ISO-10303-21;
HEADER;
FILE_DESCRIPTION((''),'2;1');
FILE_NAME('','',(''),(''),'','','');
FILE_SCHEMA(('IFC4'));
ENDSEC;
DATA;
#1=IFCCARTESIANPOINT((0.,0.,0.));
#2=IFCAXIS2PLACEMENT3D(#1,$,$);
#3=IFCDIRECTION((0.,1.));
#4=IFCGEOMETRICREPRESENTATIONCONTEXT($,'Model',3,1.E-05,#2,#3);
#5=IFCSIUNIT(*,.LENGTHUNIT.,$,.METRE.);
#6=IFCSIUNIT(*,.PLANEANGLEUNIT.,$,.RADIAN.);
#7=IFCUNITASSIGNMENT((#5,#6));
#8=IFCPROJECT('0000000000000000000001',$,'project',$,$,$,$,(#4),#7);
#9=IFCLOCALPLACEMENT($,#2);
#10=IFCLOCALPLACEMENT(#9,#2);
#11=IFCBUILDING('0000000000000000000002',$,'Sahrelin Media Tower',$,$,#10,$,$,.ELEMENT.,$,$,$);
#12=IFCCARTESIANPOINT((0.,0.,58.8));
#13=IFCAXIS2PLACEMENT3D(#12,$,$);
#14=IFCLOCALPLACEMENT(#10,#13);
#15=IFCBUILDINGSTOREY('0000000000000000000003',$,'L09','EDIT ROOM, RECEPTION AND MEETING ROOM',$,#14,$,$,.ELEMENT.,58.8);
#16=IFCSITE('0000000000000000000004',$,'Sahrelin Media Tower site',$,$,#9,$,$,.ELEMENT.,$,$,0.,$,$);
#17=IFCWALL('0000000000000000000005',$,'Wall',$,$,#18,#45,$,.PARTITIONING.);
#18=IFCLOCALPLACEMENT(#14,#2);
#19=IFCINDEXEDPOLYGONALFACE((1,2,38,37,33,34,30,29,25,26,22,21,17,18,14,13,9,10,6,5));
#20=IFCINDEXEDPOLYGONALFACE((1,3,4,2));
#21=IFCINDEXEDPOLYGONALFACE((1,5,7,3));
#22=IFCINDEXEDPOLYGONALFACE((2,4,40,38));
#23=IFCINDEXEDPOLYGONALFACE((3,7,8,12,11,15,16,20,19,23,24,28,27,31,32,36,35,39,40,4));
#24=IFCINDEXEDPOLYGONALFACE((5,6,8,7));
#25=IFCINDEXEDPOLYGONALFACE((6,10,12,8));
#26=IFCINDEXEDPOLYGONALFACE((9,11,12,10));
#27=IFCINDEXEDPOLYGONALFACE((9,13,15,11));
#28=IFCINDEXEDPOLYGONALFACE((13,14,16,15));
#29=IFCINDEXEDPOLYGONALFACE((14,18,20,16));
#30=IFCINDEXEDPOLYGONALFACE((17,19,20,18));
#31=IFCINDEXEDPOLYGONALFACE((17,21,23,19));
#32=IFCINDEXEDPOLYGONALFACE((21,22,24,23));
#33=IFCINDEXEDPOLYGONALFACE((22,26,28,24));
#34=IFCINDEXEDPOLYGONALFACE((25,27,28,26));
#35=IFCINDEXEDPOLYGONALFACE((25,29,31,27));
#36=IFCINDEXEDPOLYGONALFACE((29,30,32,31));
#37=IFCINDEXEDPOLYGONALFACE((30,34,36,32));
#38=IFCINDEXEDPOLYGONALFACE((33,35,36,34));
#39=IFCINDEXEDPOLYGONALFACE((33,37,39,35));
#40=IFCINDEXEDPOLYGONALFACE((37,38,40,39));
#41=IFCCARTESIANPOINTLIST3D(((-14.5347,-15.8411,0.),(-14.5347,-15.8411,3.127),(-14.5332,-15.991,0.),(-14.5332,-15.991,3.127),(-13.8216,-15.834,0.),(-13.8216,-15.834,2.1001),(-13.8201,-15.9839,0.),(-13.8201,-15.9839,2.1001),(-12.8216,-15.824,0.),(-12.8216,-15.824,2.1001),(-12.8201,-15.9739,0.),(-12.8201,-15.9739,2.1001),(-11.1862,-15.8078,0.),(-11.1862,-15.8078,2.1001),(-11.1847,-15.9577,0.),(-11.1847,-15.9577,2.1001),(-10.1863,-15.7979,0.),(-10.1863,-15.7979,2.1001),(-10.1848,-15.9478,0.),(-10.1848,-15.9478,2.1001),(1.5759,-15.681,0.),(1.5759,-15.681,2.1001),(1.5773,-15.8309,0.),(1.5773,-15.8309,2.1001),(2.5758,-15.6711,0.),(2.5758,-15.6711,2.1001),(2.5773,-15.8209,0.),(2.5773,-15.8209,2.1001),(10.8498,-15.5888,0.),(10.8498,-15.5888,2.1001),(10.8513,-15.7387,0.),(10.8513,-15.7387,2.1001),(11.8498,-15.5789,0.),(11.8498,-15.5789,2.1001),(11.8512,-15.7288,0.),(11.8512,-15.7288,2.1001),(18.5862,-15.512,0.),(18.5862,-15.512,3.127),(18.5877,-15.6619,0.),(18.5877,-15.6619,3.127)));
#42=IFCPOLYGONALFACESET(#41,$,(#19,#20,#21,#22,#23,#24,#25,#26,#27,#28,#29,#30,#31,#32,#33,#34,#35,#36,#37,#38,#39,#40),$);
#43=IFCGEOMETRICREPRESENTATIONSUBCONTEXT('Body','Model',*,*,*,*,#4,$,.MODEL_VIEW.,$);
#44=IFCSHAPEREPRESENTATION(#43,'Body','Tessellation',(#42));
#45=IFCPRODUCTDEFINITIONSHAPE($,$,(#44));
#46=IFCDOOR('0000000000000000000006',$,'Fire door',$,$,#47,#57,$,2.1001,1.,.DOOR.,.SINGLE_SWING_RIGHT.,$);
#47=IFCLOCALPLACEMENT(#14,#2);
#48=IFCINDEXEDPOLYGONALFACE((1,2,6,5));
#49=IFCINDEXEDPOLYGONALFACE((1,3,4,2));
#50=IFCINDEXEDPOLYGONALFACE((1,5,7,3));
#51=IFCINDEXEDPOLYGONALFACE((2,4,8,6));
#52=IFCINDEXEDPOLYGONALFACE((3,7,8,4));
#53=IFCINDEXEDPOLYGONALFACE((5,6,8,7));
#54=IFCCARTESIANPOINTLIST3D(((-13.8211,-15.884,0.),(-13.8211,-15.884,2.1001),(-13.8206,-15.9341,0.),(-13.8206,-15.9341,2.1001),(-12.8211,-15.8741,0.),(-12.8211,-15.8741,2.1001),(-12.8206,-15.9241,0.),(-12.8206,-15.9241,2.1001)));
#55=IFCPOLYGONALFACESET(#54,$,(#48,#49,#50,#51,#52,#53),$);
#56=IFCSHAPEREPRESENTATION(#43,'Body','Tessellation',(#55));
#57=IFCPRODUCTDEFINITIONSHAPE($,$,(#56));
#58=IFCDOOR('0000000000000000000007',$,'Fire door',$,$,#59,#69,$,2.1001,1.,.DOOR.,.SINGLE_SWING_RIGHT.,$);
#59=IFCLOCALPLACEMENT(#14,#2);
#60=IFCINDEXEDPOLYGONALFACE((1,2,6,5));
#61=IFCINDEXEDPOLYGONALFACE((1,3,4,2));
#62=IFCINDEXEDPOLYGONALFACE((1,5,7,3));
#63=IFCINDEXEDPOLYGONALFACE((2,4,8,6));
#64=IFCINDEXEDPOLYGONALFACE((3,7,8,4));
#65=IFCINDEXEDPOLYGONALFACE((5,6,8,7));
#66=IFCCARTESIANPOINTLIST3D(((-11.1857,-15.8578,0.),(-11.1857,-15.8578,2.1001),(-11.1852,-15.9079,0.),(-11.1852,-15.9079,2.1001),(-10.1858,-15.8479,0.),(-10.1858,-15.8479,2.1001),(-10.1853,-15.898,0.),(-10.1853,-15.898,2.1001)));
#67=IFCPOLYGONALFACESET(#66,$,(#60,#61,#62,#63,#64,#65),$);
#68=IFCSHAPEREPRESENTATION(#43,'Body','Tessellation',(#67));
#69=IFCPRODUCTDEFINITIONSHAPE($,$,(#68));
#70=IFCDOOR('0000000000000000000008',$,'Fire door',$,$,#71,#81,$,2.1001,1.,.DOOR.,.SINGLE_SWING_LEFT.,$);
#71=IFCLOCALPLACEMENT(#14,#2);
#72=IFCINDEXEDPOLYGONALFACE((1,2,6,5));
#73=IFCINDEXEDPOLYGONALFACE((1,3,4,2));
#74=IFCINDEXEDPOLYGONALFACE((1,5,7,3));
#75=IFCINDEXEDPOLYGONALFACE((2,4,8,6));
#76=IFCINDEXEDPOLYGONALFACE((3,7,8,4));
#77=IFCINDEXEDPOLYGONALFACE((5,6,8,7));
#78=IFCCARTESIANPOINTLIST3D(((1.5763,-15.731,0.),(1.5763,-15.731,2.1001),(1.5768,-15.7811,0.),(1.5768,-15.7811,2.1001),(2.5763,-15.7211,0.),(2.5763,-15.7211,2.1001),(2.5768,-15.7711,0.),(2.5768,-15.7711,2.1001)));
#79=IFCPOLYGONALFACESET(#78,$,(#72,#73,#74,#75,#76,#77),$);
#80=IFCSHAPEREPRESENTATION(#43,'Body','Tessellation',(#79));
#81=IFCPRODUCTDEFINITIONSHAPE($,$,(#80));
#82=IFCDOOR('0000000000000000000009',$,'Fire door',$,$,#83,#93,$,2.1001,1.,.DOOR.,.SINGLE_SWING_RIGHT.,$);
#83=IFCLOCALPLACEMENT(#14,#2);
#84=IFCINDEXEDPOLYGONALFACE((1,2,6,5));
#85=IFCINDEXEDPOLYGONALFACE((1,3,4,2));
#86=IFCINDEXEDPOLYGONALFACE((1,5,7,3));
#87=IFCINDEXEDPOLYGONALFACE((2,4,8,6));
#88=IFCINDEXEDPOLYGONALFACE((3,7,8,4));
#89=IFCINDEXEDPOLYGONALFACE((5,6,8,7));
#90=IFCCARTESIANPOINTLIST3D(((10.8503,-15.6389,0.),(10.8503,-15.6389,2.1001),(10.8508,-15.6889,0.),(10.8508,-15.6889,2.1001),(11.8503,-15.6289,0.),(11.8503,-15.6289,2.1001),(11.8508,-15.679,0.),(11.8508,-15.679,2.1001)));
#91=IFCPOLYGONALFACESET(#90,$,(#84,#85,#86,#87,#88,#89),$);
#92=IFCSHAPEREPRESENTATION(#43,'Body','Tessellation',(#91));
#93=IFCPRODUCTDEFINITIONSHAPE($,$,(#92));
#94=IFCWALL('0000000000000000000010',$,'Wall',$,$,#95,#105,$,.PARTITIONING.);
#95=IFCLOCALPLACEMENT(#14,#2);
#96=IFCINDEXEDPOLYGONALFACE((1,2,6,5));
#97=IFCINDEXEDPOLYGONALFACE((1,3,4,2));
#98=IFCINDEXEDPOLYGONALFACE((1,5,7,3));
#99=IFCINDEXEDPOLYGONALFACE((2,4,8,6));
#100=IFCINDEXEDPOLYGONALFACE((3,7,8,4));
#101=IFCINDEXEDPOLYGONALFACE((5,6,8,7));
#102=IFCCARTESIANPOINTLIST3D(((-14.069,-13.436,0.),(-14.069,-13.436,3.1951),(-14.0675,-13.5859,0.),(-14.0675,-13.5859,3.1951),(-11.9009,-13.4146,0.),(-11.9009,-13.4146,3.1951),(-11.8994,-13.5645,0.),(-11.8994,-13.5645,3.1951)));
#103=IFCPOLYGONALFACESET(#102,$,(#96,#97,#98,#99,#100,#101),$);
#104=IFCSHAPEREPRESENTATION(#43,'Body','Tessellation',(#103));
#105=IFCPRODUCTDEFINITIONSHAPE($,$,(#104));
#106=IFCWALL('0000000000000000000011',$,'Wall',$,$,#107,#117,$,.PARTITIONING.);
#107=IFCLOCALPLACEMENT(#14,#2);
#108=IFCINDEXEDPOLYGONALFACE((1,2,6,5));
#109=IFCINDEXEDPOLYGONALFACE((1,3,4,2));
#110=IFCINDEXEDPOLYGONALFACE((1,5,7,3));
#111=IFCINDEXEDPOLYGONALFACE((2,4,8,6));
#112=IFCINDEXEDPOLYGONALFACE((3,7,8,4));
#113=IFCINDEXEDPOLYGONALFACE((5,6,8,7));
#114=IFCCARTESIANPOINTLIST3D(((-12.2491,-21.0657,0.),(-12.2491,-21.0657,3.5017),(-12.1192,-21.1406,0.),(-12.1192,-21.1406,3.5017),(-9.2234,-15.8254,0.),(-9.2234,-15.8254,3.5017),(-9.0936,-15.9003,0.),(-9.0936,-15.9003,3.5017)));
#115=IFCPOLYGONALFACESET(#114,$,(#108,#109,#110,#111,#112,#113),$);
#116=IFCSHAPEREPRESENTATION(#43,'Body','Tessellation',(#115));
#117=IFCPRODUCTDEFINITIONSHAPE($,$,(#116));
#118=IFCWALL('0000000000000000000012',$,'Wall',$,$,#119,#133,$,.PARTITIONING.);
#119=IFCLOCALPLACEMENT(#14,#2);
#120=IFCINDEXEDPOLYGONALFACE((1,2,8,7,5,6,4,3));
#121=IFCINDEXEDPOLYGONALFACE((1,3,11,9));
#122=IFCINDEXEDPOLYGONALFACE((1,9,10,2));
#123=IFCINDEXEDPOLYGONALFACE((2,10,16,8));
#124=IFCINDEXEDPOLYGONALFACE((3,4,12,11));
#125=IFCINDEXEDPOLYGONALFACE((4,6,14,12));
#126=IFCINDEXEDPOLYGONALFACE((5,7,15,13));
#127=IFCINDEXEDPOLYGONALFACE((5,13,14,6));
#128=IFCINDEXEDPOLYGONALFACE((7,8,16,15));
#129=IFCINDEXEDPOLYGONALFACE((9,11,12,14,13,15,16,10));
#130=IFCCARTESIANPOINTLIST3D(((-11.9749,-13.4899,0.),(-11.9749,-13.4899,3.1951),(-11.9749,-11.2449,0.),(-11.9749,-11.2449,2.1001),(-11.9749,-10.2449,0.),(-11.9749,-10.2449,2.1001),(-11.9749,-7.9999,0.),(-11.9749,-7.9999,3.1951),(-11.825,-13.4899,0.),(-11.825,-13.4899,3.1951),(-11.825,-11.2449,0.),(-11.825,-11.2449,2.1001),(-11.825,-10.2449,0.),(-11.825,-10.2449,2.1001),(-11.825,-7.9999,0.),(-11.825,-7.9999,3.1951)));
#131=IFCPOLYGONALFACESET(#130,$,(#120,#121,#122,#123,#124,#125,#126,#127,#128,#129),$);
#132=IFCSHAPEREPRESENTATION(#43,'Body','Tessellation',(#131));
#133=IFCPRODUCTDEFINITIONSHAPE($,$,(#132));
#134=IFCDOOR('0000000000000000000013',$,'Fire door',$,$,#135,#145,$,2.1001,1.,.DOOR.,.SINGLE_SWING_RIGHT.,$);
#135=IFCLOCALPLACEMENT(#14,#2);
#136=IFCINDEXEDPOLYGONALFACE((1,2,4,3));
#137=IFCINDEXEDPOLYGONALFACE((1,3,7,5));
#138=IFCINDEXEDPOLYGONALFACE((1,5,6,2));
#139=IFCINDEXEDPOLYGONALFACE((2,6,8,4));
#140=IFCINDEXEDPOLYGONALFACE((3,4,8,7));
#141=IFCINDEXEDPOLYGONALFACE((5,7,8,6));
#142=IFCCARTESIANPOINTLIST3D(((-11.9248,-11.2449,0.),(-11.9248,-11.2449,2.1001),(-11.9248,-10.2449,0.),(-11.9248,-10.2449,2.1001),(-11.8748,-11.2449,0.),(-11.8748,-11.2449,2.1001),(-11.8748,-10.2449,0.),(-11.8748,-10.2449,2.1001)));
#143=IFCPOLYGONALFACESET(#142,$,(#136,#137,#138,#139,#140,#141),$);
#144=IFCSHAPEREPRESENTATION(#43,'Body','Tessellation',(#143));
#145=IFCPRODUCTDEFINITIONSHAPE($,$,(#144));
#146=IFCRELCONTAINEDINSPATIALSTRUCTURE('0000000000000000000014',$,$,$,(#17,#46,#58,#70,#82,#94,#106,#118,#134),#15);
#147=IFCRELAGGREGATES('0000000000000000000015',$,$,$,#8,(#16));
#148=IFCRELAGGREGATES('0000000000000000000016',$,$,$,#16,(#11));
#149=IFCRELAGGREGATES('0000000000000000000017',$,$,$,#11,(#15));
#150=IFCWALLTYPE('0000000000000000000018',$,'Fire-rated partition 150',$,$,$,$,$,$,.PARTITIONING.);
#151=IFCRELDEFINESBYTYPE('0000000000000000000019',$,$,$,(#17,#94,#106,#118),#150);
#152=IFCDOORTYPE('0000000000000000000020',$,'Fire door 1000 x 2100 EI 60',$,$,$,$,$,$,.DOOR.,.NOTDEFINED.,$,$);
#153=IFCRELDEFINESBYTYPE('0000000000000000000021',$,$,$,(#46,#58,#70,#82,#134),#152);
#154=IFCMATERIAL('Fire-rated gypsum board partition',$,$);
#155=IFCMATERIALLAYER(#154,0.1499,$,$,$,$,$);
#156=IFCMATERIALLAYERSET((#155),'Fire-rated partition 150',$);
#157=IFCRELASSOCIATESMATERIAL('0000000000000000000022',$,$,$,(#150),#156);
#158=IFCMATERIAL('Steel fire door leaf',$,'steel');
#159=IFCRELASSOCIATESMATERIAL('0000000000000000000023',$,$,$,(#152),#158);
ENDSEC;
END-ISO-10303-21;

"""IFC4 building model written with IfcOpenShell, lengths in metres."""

from ifc_helpers import new_model, si_unit, direction, frame, frame_2d, origin, place, context, subcontext, project, spatial, rectangle, extrude, material, layer, layer_set, type_object, element, fill, save


model = new_model("IFC4")

# Units and contexts
model_context = context("Model", 3, precision=1e-05, world=origin(), true_north=direction((0.0, 1.0)))
body_context = subcontext(model_context, "Body", "Model", "MODEL_VIEW")
ifc_project = project(units=[si_unit("LENGTHUNIT", "METRE"), si_unit("PLANEANGLEUNIT", "RADIAN")], contexts=[model_context])

# Site, building, storey
site_placement = place(None, origin())
site = spatial("IfcSite", under=ifc_project, at=site_placement, Name="Sahrelin Media Tower site", CompositionType="ELEMENT", RefElevation=0.0)
building_placement = place(site_placement, origin())
building = spatial("IfcBuilding", under=site, at=building_placement, Name="Sahrelin Media Tower", CompositionType="ELEMENT")
storey_placement = place(building_placement, frame((0.0, 0.0, 58.8)))
storey = spatial("IfcBuildingStorey", under=building, at=storey_placement, Name="L09", Description="EDIT ROOM, RECEPTION AND MEETING ROOM", CompositionType="ELEMENT", Elevation=58.8)

# Wall, openings, doors
ifc_material_1 = material(Name="Fire-rated gypsum board partition")
ifc_layer_1 = layer(ifc_material_1, 0.1499)
ifc_layer_set_1 = layer_set([ifc_layer_1], Name="Fire-rated partition 150")
wall_type_1 = type_object("IfcWallType", Name="Fire-rated partition 150", PredefinedType="PARTITIONING", material=ifc_layer_set_1)
wall_1_placement = place(storey_placement, frame((-14.5339, -15.916, 0.0), z_axis=(0.0, 0.0, 1.0), x_axis=(0.999951, 0.009936, 0.0)))
wall_1 = element("IfcWall", 1, at=wall_1_placement, inside=storey, type_object=wall_type_1, Name="Wall", PredefinedType="PARTITIONING", context=body_context, shape_type="SweptSolid", body=[
    extrude(rectangle(XDim=33.1226, YDim=0.1499, at=frame_2d((16.5613, 0.0))), origin(), (0.0, 0.0, 1.0), 3.127),
])
opening_1_placement = place(wall_1_placement, frame((0.7131, 0.0, 0.0)))
opening_1 = element("IfcOpeningElement", 2, at=opening_1_placement, cuts=wall_1, PredefinedType="OPENING", context=body_context, shape_type="SweptSolid", body=[
    extrude(rectangle(XDim=1.0, YDim=2.1001, at=frame_2d((0.5, 1.05))), frame((0.0, 0.075, 0.0), z_axis=(0.0, -1.0, 0.0), x_axis=(1.0, 0.0, 0.0)), (0.0, 0.0, 1.0), 0.1499),
])
opening_2_placement = place(wall_1_placement, frame((3.3486, 0.0, 0.0)))
opening_2 = element("IfcOpeningElement", 3, at=opening_2_placement, cuts=wall_1, PredefinedType="OPENING", context=body_context, shape_type="SweptSolid", body=[
    extrude(rectangle(XDim=1.0, YDim=2.1001, at=frame_2d((0.5, 1.05))), frame((0.0, 0.075, 0.0), z_axis=(0.0, -1.0, 0.0), x_axis=(1.0, 0.0, 0.0)), (0.0, 0.0, 1.0), 0.1499),
])
opening_3_placement = place(wall_1_placement, frame((16.1113, 0.0, 0.0)))
opening_3 = element("IfcOpeningElement", 4, at=opening_3_placement, cuts=wall_1, PredefinedType="OPENING", context=body_context, shape_type="SweptSolid", body=[
    extrude(rectangle(XDim=1.0, YDim=2.1001, at=frame_2d((0.5, 1.05))), frame((0.0, 0.075, 0.0), z_axis=(0.0, -1.0, 0.0), x_axis=(1.0, 0.0, 0.0)), (0.0, 0.0, 1.0), 0.1499),
])
opening_4_placement = place(wall_1_placement, frame((25.3857, 0.0, 0.0)))
opening_4 = element("IfcOpeningElement", 5, at=opening_4_placement, cuts=wall_1, PredefinedType="OPENING", context=body_context, shape_type="SweptSolid", body=[
    extrude(rectangle(XDim=1.0, YDim=2.1001, at=frame_2d((0.5, 1.05))), frame((0.0, 0.075, 0.0), z_axis=(0.0, -1.0, 0.0), x_axis=(1.0, 0.0, 0.0)), (0.0, 0.0, 1.0), 0.1499),
])
ifc_material_2 = material(Name="Steel fire door leaf", Category="steel")
door_type_1 = type_object("IfcDoorType", Name="Fire door 1000 x 2100 EI 60", OperationType="NOTDEFINED", PredefinedType="DOOR", material=ifc_material_2)
door_1_placement = place(opening_1_placement, origin())
door_1 = element("IfcDoor", 6, at=door_1_placement, inside=storey, type_object=door_type_1, Name="Fire door", OperationType="SINGLE_SWING_RIGHT", OverallHeight=2.1001, OverallWidth=1.0, PredefinedType="DOOR", context=body_context, shape_type="SweptSolid", body=[
    extrude(rectangle(XDim=1.0, YDim=2.1001, at=frame_2d((0.5, 1.05))), frame((0.0, 0.0249, 0.0), z_axis=(0.0, -1.0, 0.0), x_axis=(1.0, 0.0, 0.0)), (0.0, 0.0, 1.0), 0.05),
])
fill(opening_1, door_1)
door_2_placement = place(opening_2_placement, origin())
door_2 = element("IfcDoor", 7, at=door_2_placement, inside=storey, type_object=door_type_1, Name="Fire door", OperationType="SINGLE_SWING_RIGHT", OverallHeight=2.1001, OverallWidth=1.0, PredefinedType="DOOR", context=body_context, shape_type="SweptSolid", body=[
    extrude(rectangle(XDim=1.0, YDim=2.1001, at=frame_2d((0.5, 1.05))), frame((0.0, 0.0249, 0.0), z_axis=(0.0, -1.0, 0.0), x_axis=(1.0, 0.0, 0.0)), (0.0, 0.0, 1.0), 0.05),
])
fill(opening_2, door_2)
door_3_placement = place(opening_3_placement, origin())
door_3 = element("IfcDoor", 8, at=door_3_placement, inside=storey, type_object=door_type_1, Name="Fire door", OperationType="SINGLE_SWING_LEFT", OverallHeight=2.1001, OverallWidth=1.0, PredefinedType="DOOR", context=body_context, shape_type="SweptSolid", body=[
    extrude(rectangle(XDim=1.0, YDim=2.1001, at=frame_2d((0.5, 1.05))), frame((0.0, 0.0249, 0.0), z_axis=(0.0, -1.0, 0.0), x_axis=(1.0, 0.0, 0.0)), (0.0, 0.0, 1.0), 0.05),
])
fill(opening_3, door_3)
door_4_placement = place(opening_4_placement, origin())
door_4 = element("IfcDoor", 9, at=door_4_placement, inside=storey, type_object=door_type_1, Name="Fire door", OperationType="SINGLE_SWING_RIGHT", OverallHeight=2.1001, OverallWidth=1.0, PredefinedType="DOOR", context=body_context, shape_type="SweptSolid", body=[
    extrude(rectangle(XDim=1.0, YDim=2.1001, at=frame_2d((0.5, 1.05))), frame((0.0, 0.0249, 0.0), z_axis=(0.0, -1.0, 0.0), x_axis=(1.0, 0.0, 0.0)), (0.0, 0.0, 1.0), 0.05),
])
fill(opening_4, door_4)

# Walls
wall_2_placement = place(storey_placement, frame((-14.0681, -13.511, 0.0), z_axis=(0.0, 0.0, 1.0), x_axis=(0.999951, 0.009908, 0.0)))
element("IfcWall", 10, at=wall_2_placement, inside=storey, type_object=wall_type_1, Name="Wall", PredefinedType="PARTITIONING", context=body_context, shape_type="SweptSolid", body=[
    extrude(rectangle(XDim=2.1682, YDim=0.1499, at=frame_2d((1.084, 0.0))), origin(), (0.0, 0.0, 1.0), 3.1951),
])
wall_3_placement = place(storey_placement, frame((-12.1841, -21.103, 0.0), z_axis=(0.0, 0.0, 1.0), x_axis=(0.500023, 0.866012, 0.0)))
element("IfcWall", 11, at=wall_3_placement, inside=storey, type_object=wall_type_1, Name="Wall", PredefinedType="PARTITIONING", context=body_context, shape_type="SweptSolid", body=[
    extrude(rectangle(XDim=6.051, YDim=0.1499, at=frame_2d((3.0254, 0.0))), origin(), (0.0, 0.0, 1.0), 3.5017),
])

# Wall, opening, door
wall_4_placement = place(storey_placement, frame((-11.8999, -13.49, 0.0), z_axis=(0.0, 0.0, 1.0), x_axis=(0.0, 1.0, 0.0)))
wall_4 = element("IfcWall", 12, at=wall_4_placement, inside=storey, type_object=wall_type_1, Name="Wall", PredefinedType="PARTITIONING", context=body_context, shape_type="SweptSolid", body=[
    extrude(rectangle(XDim=5.49, YDim=0.1499, at=frame_2d((2.7451, 0.0))), origin(), (0.0, 0.0, 1.0), 3.1951),
])
opening_5_placement = place(wall_4_placement, frame((2.2451, 0.0, 0.0)))
opening_5 = element("IfcOpeningElement", 13, at=opening_5_placement, cuts=wall_4, PredefinedType="OPENING", context=body_context, shape_type="SweptSolid", body=[
    extrude(rectangle(XDim=1.0, YDim=2.1001, at=frame_2d((0.5, 1.05))), frame((0.0, 0.075, 0.0), z_axis=(0.0, -1.0, 0.0), x_axis=(1.0, 0.0, 0.0)), (0.0, 0.0, 1.0), 0.1499),
])
door_5_placement = place(opening_5_placement, origin())
door_5 = element("IfcDoor", 14, at=door_5_placement, inside=storey, type_object=door_type_1, Name="Fire door", OperationType="SINGLE_SWING_RIGHT", OverallHeight=2.1001, OverallWidth=1.0, PredefinedType="DOOR", context=body_context, shape_type="SweptSolid", body=[
    extrude(rectangle(XDim=1.0, YDim=2.1001, at=frame_2d((0.5, 1.05))), frame((0.0, 0.0249, 0.0), z_axis=(0.0, -1.0, 0.0), x_axis=(1.0, 0.0, 0.0)), (0.0, 0.0, 1.0), 0.05),
])
fill(opening_5, door_5)

save(model, "model.ifc")
